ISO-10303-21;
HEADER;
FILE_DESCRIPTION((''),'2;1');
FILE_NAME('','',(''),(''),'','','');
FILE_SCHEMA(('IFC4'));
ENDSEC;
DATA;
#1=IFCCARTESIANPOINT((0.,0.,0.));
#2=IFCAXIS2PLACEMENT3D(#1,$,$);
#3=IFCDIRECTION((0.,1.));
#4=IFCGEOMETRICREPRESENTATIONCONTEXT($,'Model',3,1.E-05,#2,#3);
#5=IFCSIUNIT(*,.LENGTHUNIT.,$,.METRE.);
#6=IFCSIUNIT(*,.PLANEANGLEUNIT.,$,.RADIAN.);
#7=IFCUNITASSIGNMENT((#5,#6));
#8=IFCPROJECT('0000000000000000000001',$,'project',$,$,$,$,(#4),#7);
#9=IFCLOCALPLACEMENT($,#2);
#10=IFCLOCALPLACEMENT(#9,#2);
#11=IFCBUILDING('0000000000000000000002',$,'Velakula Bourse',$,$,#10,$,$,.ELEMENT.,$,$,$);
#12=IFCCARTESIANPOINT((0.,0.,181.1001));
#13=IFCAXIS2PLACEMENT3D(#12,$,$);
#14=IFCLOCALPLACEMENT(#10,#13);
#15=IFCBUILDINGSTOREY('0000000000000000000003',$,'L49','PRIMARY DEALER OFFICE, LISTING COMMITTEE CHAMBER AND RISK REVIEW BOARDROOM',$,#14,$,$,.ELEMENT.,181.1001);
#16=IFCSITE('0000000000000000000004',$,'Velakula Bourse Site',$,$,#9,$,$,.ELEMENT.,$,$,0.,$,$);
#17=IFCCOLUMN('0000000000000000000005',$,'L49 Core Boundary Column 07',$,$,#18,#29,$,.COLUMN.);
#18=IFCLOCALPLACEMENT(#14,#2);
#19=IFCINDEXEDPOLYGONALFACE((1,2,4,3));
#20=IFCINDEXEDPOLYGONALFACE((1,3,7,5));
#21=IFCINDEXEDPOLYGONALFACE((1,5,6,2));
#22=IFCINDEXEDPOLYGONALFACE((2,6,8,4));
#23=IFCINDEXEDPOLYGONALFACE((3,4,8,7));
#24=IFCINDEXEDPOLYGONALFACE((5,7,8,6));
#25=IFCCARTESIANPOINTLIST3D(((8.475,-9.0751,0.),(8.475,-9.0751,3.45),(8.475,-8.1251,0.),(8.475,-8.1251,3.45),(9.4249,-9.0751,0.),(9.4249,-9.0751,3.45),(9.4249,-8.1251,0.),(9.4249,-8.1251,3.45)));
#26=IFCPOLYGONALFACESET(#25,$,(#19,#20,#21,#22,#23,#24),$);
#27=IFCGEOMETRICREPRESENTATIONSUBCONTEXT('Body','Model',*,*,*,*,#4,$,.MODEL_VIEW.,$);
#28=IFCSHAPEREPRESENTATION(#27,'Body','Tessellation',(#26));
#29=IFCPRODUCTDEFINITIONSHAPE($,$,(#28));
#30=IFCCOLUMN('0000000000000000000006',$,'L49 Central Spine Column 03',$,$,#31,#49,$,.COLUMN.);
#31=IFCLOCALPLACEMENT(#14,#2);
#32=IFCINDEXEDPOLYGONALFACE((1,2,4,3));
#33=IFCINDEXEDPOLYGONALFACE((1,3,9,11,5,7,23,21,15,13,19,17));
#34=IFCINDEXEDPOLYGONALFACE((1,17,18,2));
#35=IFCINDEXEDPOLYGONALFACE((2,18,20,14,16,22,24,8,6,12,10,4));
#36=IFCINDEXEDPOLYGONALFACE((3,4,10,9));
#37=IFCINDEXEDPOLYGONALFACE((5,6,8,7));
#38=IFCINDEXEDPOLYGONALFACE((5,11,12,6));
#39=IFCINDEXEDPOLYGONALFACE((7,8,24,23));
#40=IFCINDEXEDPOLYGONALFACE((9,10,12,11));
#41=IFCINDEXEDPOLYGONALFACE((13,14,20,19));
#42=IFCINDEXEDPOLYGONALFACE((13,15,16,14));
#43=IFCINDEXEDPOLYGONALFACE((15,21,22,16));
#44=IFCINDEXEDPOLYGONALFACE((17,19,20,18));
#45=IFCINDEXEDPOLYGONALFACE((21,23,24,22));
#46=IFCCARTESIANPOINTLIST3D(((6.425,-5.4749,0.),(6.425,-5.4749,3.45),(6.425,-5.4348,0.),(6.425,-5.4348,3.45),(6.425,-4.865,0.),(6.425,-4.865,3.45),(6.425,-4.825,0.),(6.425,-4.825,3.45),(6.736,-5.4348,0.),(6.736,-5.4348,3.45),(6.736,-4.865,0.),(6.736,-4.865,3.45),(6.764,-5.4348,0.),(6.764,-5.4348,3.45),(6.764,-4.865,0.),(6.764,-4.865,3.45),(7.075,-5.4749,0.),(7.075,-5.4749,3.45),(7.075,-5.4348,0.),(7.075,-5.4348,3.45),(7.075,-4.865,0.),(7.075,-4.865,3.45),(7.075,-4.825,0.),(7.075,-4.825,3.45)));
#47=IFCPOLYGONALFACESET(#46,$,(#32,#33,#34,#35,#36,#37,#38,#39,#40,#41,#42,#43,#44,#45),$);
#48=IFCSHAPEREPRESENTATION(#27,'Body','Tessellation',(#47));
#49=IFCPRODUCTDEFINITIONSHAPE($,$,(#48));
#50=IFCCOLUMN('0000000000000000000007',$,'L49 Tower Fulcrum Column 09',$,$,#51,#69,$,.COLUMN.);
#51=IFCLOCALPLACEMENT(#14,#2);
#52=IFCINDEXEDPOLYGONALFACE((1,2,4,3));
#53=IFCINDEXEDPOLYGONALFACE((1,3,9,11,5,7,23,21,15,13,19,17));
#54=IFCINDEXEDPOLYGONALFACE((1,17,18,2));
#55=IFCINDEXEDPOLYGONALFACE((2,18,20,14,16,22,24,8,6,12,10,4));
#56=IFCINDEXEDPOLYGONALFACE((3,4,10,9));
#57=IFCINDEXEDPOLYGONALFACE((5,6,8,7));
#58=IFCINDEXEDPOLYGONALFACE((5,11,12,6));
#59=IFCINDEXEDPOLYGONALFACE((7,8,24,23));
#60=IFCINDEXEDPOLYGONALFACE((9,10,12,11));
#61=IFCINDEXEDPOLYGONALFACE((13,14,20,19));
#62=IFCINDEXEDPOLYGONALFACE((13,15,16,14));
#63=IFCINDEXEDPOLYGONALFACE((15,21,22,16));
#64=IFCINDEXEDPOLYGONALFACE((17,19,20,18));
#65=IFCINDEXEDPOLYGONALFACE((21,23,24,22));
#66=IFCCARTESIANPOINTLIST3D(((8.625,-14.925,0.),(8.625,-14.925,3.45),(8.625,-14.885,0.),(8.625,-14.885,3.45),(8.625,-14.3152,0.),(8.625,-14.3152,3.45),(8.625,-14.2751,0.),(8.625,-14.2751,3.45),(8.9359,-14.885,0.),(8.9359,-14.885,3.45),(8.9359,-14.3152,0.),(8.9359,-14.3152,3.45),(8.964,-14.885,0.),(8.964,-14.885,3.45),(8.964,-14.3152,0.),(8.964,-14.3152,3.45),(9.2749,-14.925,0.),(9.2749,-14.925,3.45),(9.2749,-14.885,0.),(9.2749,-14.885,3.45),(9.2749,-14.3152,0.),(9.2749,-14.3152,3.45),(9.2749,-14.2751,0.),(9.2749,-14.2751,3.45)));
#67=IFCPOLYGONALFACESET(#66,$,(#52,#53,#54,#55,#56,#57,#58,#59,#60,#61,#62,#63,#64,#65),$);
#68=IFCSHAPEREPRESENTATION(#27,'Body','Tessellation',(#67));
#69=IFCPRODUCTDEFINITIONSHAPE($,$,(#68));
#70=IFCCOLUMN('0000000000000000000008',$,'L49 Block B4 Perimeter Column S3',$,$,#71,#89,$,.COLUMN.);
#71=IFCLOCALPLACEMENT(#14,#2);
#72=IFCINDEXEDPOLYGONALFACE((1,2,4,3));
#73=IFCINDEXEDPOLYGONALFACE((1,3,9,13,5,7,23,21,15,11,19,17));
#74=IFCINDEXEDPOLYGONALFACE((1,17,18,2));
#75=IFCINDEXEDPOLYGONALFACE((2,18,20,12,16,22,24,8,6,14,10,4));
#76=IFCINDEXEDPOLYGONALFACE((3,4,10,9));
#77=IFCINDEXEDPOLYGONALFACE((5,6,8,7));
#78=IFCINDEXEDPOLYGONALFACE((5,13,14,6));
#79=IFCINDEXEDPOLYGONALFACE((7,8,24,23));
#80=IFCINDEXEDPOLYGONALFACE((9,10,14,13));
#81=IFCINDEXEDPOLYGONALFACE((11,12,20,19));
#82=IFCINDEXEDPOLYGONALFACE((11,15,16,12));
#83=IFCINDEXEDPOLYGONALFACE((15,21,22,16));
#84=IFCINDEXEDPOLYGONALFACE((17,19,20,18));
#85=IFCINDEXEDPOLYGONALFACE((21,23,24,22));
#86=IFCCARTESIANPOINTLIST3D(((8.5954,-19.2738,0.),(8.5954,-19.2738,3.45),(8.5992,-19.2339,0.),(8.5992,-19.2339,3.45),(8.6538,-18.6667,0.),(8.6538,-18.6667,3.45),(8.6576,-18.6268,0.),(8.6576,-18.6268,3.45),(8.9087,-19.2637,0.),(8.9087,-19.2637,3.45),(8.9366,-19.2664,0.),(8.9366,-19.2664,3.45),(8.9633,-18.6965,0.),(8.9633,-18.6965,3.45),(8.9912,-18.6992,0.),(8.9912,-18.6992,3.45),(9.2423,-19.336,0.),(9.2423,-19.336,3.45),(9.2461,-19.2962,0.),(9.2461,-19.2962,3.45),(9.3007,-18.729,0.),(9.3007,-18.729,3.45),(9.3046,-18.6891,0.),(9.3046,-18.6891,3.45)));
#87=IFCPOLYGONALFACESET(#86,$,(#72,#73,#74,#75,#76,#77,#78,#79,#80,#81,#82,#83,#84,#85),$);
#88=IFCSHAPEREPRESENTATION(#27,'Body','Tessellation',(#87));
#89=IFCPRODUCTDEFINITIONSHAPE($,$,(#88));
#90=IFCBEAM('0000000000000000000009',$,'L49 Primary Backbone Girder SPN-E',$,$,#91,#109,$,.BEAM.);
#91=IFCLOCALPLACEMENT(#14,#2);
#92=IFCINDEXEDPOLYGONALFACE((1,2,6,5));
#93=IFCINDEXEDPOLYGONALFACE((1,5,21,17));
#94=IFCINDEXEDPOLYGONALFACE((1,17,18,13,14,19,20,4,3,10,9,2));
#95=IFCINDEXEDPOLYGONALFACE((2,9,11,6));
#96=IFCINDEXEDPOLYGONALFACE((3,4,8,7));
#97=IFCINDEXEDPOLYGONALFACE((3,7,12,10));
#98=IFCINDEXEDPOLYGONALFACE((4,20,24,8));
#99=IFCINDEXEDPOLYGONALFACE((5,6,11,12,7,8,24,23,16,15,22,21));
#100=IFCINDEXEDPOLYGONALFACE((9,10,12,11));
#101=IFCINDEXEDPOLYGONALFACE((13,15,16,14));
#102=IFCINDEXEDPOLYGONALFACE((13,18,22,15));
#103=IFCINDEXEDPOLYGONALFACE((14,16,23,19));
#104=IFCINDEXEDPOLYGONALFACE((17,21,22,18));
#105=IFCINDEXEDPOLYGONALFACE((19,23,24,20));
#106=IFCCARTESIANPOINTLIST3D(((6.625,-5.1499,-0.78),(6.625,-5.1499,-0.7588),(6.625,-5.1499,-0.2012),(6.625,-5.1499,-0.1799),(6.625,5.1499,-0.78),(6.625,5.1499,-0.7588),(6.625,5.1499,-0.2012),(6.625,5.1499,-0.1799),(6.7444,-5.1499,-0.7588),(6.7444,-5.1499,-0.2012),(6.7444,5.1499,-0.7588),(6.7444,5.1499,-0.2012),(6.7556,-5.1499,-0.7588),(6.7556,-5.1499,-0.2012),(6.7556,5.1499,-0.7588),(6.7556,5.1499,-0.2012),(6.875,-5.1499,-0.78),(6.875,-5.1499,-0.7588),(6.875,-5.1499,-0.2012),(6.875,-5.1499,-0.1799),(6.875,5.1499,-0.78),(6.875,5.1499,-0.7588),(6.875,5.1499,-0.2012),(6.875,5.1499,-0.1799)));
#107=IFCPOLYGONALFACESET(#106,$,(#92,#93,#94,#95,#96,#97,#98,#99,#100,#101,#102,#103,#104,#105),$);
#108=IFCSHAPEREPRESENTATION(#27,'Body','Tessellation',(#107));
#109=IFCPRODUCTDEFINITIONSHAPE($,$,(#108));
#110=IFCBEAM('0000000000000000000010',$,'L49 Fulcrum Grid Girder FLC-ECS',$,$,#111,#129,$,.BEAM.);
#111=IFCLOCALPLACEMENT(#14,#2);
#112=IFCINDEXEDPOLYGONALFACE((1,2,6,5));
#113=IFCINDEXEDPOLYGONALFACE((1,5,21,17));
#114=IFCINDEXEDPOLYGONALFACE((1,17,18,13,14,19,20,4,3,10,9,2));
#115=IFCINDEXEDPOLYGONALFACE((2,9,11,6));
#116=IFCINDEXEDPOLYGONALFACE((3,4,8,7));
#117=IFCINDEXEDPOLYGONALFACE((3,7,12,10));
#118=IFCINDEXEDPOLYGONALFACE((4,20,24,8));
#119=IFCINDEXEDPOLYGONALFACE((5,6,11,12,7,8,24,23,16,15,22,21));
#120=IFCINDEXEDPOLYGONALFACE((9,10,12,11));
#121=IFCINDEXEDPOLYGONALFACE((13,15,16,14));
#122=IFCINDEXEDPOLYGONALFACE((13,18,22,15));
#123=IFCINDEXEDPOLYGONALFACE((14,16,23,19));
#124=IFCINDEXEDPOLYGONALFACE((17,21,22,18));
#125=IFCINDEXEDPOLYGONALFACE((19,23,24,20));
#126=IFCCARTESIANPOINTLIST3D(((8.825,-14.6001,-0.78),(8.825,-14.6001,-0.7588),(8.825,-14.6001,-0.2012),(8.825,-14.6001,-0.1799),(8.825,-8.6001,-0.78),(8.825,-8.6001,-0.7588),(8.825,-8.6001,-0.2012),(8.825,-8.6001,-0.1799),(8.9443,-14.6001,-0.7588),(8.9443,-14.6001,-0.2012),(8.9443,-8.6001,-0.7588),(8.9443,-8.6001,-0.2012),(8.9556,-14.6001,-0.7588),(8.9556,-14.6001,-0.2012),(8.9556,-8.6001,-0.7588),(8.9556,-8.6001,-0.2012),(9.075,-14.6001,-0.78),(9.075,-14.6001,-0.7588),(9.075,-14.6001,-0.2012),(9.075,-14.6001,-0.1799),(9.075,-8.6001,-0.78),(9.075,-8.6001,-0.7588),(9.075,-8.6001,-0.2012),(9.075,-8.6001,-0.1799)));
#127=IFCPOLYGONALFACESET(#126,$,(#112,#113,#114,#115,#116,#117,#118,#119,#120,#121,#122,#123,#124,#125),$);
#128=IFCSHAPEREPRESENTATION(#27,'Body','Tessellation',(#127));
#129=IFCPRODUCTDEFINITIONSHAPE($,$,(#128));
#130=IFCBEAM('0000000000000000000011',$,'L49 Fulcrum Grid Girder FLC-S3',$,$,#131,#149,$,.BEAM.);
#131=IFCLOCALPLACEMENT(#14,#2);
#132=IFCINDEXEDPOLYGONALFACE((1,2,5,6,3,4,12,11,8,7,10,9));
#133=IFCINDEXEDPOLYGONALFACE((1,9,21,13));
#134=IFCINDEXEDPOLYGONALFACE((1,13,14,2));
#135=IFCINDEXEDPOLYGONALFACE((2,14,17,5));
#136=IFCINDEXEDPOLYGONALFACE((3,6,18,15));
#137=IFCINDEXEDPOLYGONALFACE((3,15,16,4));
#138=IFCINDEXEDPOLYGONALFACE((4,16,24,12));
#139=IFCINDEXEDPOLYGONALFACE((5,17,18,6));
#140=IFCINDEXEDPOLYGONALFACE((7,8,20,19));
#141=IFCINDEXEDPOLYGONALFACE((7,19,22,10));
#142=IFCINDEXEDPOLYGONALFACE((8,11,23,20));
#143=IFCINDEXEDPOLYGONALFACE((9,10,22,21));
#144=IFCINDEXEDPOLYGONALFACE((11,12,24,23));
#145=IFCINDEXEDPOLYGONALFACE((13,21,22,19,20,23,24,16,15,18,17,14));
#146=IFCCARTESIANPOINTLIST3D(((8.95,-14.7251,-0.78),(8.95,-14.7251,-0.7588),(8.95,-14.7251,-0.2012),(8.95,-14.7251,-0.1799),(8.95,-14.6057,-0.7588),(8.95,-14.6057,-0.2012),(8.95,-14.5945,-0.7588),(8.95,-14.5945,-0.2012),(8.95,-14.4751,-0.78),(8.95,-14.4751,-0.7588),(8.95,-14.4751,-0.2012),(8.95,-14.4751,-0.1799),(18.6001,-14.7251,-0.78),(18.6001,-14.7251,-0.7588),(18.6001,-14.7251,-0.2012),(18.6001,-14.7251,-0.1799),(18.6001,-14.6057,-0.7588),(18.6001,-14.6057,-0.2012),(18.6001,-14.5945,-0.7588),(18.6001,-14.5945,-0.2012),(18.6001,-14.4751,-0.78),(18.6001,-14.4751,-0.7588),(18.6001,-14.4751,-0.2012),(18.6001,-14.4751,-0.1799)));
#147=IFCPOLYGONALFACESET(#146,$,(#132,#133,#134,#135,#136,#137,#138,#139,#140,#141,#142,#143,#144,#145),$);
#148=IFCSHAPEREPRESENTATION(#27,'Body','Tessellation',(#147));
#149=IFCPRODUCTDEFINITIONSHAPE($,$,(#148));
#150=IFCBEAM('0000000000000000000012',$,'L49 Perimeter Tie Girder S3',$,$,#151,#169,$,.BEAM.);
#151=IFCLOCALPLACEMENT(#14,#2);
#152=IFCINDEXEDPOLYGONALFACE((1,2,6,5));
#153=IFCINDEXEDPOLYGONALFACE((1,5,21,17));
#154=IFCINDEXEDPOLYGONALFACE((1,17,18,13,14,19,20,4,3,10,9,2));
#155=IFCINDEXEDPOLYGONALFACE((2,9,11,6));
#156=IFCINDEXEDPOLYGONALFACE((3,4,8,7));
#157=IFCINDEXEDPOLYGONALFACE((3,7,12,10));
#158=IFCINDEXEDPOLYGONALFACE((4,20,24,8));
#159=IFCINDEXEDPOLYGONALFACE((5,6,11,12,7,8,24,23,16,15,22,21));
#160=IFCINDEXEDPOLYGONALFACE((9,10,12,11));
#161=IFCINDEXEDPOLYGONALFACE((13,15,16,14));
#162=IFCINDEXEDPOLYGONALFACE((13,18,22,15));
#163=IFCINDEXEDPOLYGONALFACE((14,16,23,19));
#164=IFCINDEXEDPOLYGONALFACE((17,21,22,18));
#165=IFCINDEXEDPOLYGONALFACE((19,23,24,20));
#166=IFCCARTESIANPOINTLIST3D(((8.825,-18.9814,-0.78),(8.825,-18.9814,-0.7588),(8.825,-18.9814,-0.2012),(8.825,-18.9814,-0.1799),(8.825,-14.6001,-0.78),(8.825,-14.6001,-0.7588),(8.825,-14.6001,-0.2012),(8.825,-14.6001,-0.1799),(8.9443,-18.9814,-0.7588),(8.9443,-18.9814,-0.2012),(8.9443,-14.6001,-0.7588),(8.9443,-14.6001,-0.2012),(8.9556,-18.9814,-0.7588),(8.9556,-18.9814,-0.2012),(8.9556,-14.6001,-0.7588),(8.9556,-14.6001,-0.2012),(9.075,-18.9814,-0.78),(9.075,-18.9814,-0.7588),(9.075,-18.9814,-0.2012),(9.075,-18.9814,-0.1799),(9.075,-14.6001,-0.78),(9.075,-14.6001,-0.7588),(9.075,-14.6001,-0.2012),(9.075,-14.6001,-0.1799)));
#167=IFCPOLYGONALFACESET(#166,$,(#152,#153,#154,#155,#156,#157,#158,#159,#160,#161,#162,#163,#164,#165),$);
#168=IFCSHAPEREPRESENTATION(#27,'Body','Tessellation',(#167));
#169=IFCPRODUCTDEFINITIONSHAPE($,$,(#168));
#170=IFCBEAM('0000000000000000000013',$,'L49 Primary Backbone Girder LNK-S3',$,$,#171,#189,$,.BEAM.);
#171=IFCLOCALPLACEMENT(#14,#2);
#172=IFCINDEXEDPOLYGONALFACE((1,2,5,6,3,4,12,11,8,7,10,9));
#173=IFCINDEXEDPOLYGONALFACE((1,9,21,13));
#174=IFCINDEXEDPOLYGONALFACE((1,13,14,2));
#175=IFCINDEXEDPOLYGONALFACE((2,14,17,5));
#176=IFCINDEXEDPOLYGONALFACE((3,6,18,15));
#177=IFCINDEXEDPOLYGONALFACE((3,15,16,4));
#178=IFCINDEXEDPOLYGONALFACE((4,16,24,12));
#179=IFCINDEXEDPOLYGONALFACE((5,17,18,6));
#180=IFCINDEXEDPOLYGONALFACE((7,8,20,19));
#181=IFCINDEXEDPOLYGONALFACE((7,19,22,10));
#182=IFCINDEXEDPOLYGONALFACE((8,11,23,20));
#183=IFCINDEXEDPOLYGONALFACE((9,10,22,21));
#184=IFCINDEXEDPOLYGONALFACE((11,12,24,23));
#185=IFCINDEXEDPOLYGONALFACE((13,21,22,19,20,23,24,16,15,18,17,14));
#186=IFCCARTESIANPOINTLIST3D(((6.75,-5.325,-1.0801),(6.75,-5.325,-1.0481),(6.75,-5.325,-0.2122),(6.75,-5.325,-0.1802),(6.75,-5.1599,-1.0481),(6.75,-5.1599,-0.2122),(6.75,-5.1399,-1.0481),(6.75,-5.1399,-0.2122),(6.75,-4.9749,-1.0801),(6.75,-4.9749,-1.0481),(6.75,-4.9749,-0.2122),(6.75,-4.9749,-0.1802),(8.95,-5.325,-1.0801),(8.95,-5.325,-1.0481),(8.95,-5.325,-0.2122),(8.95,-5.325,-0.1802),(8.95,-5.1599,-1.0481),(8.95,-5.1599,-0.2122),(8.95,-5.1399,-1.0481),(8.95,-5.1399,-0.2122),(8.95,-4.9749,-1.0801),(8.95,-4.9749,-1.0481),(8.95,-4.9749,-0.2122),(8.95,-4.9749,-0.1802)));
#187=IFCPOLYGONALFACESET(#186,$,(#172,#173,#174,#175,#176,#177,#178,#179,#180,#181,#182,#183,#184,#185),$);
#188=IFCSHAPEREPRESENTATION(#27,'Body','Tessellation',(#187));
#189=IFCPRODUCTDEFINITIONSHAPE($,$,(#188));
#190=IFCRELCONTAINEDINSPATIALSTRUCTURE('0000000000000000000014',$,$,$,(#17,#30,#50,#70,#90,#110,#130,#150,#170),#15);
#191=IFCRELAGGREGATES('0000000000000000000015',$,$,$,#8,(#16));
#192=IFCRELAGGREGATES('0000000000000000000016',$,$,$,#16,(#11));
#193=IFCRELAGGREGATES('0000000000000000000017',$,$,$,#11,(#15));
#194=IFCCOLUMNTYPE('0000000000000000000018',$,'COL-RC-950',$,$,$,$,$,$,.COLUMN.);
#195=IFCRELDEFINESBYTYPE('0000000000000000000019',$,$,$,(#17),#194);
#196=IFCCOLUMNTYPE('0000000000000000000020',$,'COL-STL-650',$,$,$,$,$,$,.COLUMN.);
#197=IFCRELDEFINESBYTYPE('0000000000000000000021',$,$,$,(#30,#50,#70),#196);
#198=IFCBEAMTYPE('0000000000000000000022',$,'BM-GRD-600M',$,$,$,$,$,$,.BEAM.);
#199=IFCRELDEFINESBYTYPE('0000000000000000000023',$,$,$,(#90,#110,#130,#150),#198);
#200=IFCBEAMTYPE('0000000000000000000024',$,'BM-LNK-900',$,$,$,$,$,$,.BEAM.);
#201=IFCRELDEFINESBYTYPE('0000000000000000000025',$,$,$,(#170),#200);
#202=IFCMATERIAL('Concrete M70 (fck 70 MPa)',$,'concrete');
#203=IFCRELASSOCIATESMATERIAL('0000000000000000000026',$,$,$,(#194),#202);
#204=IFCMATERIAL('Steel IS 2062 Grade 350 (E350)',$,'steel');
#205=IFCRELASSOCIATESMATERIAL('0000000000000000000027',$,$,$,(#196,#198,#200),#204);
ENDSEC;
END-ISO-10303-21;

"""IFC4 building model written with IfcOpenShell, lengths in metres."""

from ifc_helpers import new_model, si_unit, direction, frame, origin, origin_2d, place, context, subcontext, project, spatial, rectangle, i_section, extrude, material, material_profile, profile_set, type_object, element, save


model = new_model("IFC4")

# Units and contexts
model_context = context("Model", 3, precision=1e-05, world=origin(), true_north=direction((0.0, 1.0)))
body_context = subcontext(model_context, "Body", "Model", "MODEL_VIEW")
ifc_project = project(units=[si_unit("LENGTHUNIT", "METRE"), si_unit("PLANEANGLEUNIT", "RADIAN")], contexts=[model_context])

# Site, building, storey
site_placement = place(None, origin())
site = spatial("IfcSite", under=ifc_project, at=site_placement, Name="Velakula Bourse Site", CompositionType="ELEMENT", RefElevation=0.0)
building_placement = place(site_placement, origin())
building = spatial("IfcBuilding", under=site, at=building_placement, Name="Velakula Bourse", CompositionType="ELEMENT")
storey_placement = place(building_placement, frame((0.0, 0.0, 181.1001)))
storey = spatial("IfcBuildingStorey", under=building, at=storey_placement, Name="L49", Description="PRIMARY DEALER OFFICE, LISTING COMMITTEE CHAMBER AND RISK REVIEW BOARDROOM", CompositionType="ELEMENT", Elevation=181.1001)

# Columns
ifc_material_1 = material(Name="Concrete M70 (fck 70 MPa)", Category="concrete")
ifc_material_profile_1 = material_profile(ifc_material_1, rectangle(XDim=0.95, YDim=0.95, at=origin_2d()), Name="Concrete M70 (fck 70 MPa)")
ifc_profile_set_1 = profile_set([ifc_material_profile_1], Name="Concrete M70 (fck 70 MPa)")
column_type_1 = type_object("IfcColumnType", Name="COL-RC-950", PredefinedType="COLUMN", material=ifc_profile_set_1)
column_placement = place(storey_placement, frame((8.95, -8.6001, 0.0), z_axis=(0.0, 0.0, 1.0), x_axis=(1.0, 0.0, 0.0)))
element("IfcColumn", 1, at=column_placement, inside=storey, type_object=column_type_1, Name="L49 Core Boundary Column 07", PredefinedType="COLUMN", context=body_context, shape_type="SweptSolid", body=[
    extrude(rectangle(XDim=0.95, YDim=0.95, at=origin_2d()), origin(), (0.0, 0.0, 1.0), 3.45),
])
ifc_material_2 = material(Name="Steel IS 2062 Grade 350 (E350)", Category="steel")
ifc_material_profile_2 = material_profile(ifc_material_2, i_section(OverallWidth=0.6499, OverallDepth=0.6499, WebThickness=0.0281, FlangeThickness=0.04, at=origin_2d()), Name="Steel IS 2062 Grade 350 (E350)")
ifc_profile_set_2 = profile_set([ifc_material_profile_2], Name="Steel IS 2062 Grade 350 (E350)")
column_type_2 = type_object("IfcColumnType", Name="COL-STL-650", PredefinedType="COLUMN", material=ifc_profile_set_2)
for number, where, z_axis, x_axis, name in (
    (2, (6.75, -5.1499, 0.0), (0.0, 0.0, 1.0), (1.0, 0.0, 0.0), "L49 Central Spine Column 03"),
    (3, (8.95, -14.6001, 0.0), (0.0, 0.0, 1.0), (1.0, 0.0, 0.0), "L49 Tower Fulcrum Column 09"),
    (4, (8.95, -18.9814, 0.0), (0.0, 0.0, 1.0), (0.995396, -0.095846, 0.0), "L49 Block B4 Perimeter Column S3"),
):
    element("IfcColumn", number, at=place(storey_placement, frame(where, z_axis=z_axis, x_axis=x_axis)), inside=storey, type_object=column_type_2, Name=name, PredefinedType="COLUMN", context=body_context, shape_type="SweptSolid", body=[
        extrude(i_section(OverallWidth=0.6499, OverallDepth=0.6499, WebThickness=0.0281, FlangeThickness=0.04, at=origin_2d()), origin(), (0.0, 0.0, 1.0), 3.45),
    ])

# Beams
ifc_material_profile_3 = material_profile(ifc_material_2, i_section(OverallWidth=0.25, OverallDepth=0.6001, WebThickness=0.0112, FlangeThickness=0.0212, at=origin_2d()), Name="Steel IS 2062 Grade 350 (E350)")
ifc_profile_set_3 = profile_set([ifc_material_profile_3], Name="Steel IS 2062 Grade 350 (E350)")
beam_type_1 = type_object("IfcBeamType", Name="BM-GRD-600M", PredefinedType="BEAM", material=ifc_profile_set_3)
beam_1_placement = place(storey_placement, frame((6.75, -5.1499, -0.48), z_axis=(0.0, 1.0, 0.0), x_axis=(-1.0, 0.0, 0.0)))
element("IfcBeam", 5, at=beam_1_placement, inside=storey, type_object=beam_type_1, Name="L49 Primary Backbone Girder SPN-E", PredefinedType="BEAM", context=body_context, shape_type="SweptSolid", body=[
    extrude(i_section(OverallWidth=0.25, OverallDepth=0.6001, WebThickness=0.0112, FlangeThickness=0.0212, at=origin_2d()), origin(), (0.0, 0.0, 1.0), 10.2998),
])
beam_2_placement = place(storey_placement, frame((8.95, -14.6001, -0.48), z_axis=(0.0, 1.0, 0.0), x_axis=(-1.0, 0.0, 0.0)))
element("IfcBeam", 6, at=beam_2_placement, inside=storey, type_object=beam_type_1, Name="L49 Fulcrum Grid Girder FLC-ECS", PredefinedType="BEAM", context=body_context, shape_type="SweptSolid", body=[
    extrude(i_section(OverallWidth=0.25, OverallDepth=0.6001, WebThickness=0.0112, FlangeThickness=0.0212, at=origin_2d()), origin(), (0.0, 0.0, 1.0), 6.0),
])
beam_3_placement = place(storey_placement, frame((8.95, -14.6001, -0.48), z_axis=(1.0, 0.0, 0.0), x_axis=(0.0, 1.0, 0.0)))
element("IfcBeam", 7, at=beam_3_placement, inside=storey, type_object=beam_type_1, Name="L49 Fulcrum Grid Girder FLC-S3", PredefinedType="BEAM", context=body_context, shape_type="SweptSolid", body=[
    extrude(i_section(OverallWidth=0.25, OverallDepth=0.6001, WebThickness=0.0112, FlangeThickness=0.0212, at=origin_2d()), origin(), (0.0, 0.0, 1.0), 9.6501),
])
beam_4_placement = place(storey_placement, frame((8.95, -14.6001, -0.48), z_axis=(0.0, -1.0, 0.0), x_axis=(1.0, 0.0, 0.0)))
element("IfcBeam", 8, at=beam_4_placement, inside=storey, type_object=beam_type_1, Name="L49 Perimeter Tie Girder S3", PredefinedType="BEAM", context=body_context, shape_type="SweptSolid", body=[
    extrude(i_section(OverallWidth=0.25, OverallDepth=0.6001, WebThickness=0.0112, FlangeThickness=0.0212, at=origin_2d()), origin(), (0.0, 0.0, 1.0), 4.3813),
])
ifc_material_profile_4 = material_profile(ifc_material_2, i_section(OverallWidth=0.3501, OverallDepth=0.8999, WebThickness=0.02, FlangeThickness=0.032, at=origin_2d()), Name="Steel IS 2062 Grade 350 (E350)")
ifc_profile_set_4 = profile_set([ifc_material_profile_4], Name="Steel IS 2062 Grade 350 (E350)")
beam_type_2 = type_object("IfcBeamType", Name="BM-LNK-900", PredefinedType="BEAM", material=ifc_profile_set_4)
beam_5_placement = place(storey_placement, frame((6.75, -5.1499, -0.6301), z_axis=(1.0, 0.0, 0.0), x_axis=(0.0, 1.0, 0.0)))
element("IfcBeam", 9, at=beam_5_placement, inside=storey, type_object=beam_type_2, Name="L49 Primary Backbone Girder LNK-S3", PredefinedType="BEAM", context=body_context, shape_type="SweptSolid", body=[
    extrude(i_section(OverallWidth=0.3501, OverallDepth=0.8999, WebThickness=0.02, FlangeThickness=0.032, at=origin_2d()), origin(), (0.0, 0.0, 1.0), 2.2),
])

save(model, "model.ifc")
